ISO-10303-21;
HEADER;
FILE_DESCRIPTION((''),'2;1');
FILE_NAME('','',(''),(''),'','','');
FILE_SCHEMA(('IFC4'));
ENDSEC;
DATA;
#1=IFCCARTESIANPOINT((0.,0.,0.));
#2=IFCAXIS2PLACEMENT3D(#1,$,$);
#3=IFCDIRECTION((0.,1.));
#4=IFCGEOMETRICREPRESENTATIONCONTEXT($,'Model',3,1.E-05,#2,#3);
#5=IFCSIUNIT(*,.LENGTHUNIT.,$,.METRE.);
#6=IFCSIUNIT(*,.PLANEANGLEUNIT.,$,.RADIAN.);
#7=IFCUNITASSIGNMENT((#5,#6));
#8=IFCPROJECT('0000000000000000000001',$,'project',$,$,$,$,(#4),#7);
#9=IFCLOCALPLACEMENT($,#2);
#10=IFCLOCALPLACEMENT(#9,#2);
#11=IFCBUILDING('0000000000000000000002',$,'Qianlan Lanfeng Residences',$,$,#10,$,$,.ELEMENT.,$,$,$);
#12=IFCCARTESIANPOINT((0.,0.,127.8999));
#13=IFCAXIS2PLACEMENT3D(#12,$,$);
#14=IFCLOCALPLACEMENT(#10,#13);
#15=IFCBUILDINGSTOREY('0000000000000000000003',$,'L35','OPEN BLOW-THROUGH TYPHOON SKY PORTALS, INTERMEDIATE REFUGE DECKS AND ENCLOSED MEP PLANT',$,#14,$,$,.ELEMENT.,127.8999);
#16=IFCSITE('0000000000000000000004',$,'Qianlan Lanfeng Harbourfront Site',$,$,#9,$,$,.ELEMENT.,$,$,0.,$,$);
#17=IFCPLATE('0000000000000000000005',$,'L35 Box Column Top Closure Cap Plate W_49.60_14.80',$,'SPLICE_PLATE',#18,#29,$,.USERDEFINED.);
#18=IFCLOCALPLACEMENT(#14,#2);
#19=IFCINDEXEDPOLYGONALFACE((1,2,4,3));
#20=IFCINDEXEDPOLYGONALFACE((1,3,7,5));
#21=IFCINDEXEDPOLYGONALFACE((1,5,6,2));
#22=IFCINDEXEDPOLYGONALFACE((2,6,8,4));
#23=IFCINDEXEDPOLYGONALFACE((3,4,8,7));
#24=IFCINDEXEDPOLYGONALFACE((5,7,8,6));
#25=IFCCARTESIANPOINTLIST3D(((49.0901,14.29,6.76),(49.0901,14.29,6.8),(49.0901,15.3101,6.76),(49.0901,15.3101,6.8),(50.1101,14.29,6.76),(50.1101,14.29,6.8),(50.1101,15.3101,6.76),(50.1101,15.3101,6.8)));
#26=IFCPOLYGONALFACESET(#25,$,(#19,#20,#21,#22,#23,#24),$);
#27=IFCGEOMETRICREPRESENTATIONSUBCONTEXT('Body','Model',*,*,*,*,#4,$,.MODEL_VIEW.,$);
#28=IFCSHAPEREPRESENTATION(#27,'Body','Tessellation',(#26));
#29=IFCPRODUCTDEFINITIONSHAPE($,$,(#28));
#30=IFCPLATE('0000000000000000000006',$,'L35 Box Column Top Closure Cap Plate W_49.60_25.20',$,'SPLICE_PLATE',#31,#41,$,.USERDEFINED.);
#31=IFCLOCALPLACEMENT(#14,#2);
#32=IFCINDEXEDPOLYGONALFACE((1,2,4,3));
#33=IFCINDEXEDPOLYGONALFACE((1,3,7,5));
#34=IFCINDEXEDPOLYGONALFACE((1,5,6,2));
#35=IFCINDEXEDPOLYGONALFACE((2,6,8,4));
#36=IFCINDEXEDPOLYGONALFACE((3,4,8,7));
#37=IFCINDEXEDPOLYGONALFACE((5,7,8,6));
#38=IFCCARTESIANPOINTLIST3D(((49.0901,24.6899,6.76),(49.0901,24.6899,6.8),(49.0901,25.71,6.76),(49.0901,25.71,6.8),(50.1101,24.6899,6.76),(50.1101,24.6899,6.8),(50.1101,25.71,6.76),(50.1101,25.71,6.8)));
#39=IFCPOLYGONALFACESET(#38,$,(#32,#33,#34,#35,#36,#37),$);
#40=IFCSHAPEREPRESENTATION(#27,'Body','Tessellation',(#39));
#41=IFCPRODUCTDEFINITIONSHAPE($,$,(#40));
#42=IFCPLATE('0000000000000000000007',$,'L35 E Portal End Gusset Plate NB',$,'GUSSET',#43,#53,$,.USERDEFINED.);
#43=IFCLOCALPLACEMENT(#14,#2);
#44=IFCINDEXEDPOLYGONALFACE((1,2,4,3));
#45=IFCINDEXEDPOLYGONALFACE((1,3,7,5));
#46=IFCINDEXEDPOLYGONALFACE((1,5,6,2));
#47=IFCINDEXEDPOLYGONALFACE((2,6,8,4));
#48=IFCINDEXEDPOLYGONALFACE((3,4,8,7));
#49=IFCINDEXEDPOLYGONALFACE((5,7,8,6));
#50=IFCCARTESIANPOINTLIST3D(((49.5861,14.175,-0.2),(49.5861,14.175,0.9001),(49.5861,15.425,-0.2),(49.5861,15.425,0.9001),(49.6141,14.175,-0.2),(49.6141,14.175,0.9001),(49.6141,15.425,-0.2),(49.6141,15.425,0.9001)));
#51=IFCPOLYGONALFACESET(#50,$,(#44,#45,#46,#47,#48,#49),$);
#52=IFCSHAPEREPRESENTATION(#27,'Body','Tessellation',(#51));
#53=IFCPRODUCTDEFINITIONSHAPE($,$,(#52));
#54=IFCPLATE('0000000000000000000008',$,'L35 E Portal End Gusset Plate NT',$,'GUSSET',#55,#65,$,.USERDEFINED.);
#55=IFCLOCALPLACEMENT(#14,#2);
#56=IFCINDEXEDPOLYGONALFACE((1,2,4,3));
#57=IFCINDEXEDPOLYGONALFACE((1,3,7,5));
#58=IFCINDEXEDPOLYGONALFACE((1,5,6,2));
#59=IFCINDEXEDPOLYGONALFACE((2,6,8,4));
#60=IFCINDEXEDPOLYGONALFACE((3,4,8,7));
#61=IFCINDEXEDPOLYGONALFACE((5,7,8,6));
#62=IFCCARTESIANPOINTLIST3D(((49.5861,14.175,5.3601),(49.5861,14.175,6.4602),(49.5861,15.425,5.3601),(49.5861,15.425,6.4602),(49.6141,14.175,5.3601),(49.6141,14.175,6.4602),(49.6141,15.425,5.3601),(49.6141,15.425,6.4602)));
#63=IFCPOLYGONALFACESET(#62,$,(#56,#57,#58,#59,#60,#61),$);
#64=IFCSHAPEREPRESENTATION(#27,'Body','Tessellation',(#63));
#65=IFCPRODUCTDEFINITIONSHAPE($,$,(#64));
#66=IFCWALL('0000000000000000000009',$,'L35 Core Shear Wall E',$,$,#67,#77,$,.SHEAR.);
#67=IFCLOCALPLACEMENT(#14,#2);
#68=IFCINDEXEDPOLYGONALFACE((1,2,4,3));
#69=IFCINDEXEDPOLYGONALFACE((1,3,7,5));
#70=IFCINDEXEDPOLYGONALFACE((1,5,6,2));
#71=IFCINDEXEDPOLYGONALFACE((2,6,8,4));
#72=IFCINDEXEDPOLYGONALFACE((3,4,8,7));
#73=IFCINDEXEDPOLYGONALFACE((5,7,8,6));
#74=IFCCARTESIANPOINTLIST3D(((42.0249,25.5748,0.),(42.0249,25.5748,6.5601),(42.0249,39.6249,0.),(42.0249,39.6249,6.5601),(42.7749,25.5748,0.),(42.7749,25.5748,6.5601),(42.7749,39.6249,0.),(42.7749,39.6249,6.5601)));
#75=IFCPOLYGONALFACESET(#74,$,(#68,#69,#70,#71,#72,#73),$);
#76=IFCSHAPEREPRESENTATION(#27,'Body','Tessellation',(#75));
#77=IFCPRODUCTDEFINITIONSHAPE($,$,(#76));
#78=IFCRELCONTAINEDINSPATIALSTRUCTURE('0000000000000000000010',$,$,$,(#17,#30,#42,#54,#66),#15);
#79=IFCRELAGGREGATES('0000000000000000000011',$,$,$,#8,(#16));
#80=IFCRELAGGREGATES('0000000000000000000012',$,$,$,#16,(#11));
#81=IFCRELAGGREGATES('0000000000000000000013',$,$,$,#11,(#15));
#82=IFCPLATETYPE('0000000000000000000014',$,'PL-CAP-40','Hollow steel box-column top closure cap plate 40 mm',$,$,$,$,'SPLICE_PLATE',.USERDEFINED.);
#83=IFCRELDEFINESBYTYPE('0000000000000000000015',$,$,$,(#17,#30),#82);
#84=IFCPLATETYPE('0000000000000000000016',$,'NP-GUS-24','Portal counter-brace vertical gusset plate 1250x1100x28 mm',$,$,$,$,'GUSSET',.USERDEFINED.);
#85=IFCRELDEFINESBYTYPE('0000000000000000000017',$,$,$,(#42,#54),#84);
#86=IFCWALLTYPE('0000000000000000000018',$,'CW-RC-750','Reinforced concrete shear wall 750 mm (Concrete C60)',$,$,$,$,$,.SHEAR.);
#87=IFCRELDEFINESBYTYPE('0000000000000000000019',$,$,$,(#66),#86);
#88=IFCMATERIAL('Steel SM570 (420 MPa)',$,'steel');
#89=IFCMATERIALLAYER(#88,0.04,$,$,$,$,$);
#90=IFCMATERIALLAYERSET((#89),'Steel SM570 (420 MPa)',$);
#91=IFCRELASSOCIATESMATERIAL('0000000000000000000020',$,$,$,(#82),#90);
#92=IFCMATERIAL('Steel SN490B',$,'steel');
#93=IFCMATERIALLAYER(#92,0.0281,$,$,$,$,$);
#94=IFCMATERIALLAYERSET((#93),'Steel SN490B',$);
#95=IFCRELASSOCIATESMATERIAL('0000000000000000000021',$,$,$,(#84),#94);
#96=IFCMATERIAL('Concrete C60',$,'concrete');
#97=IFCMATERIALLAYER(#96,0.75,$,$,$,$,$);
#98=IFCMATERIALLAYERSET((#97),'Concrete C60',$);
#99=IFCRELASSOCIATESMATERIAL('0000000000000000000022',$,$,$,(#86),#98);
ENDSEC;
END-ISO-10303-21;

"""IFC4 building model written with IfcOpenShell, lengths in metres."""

from ifc_helpers import new_model, si_unit, direction, frame, frame_2d, origin, origin_2d, place, context, subcontext, project, spatial, rectangle, extrude, source, transform, mapped, material, layer, layer_set, type_object, element, save


model = new_model("IFC4")

# Units and contexts
model_context = context("Model", 3, precision=1e-05, world=origin(), true_north=direction((0.0, 1.0)))
body_context = subcontext(model_context, "Body", "Model", "MODEL_VIEW")
ifc_project = project(units=[si_unit("LENGTHUNIT", "METRE"), si_unit("PLANEANGLEUNIT", "RADIAN")], contexts=[model_context])

# Site, building, storey
site_placement = place(None, origin())
site = spatial("IfcSite", under=ifc_project, at=site_placement, Name="Qianlan Lanfeng Harbourfront Site", CompositionType="ELEMENT", RefElevation=0.0)
building_placement = place(site_placement, origin())
building = spatial("IfcBuilding", under=site, at=building_placement, Name="Qianlan Lanfeng Residences", CompositionType="ELEMENT")
storey_placement = place(building_placement, frame((0.0, 0.0, 127.8999)))
storey = spatial("IfcBuildingStorey", under=building, at=storey_placement, Name="L35", Description="OPEN BLOW-THROUGH TYPHOON SKY PORTALS, INTERMEDIATE REFUGE DECKS AND ENCLOSED MEP PLANT", CompositionType="ELEMENT", Elevation=127.8999)

# Shared definitions
ifc_material_1 = material(Name="Steel SN490B", Category="steel")

# Shared definitions
ifc_material_2 = material(Name="Steel SM570 (420 MPa)", Category="steel")

# Plates
ifc_layer_1 = layer(ifc_material_2, 0.04)
ifc_layer_set_1 = layer_set([ifc_layer_1], Name="Steel SM570 (420 MPa)")
plate_type_1 = type_object("IfcPlateType", Name="PL-CAP-40", Description="Hollow steel box-column top closure cap plate 40 mm", ElementType="SPLICE_PLATE", PredefinedType="USERDEFINED", material=ifc_layer_set_1)
shared_shape_1 = source(origin(), body_context, "Body", "SweptSolid", [
    extrude(rectangle(XDim=1.02, YDim=1.02, at=origin_2d()), origin(), (0.0, 0.0, 1.0), 0.04),
])
for number, where, z_axis, x_axis, name in (
    (1, (49.6001, 14.8, 6.76), (0.0, 0.0, 1.0), (1.0, 0.0, 0.0), "L35 Box Column Top Closure Cap Plate W_49.60_14.80"),
    (2, (49.6001, 25.2, 6.76), (0.0, 0.0, 1.0), (1.0, 0.0, 0.0), "L35 Box Column Top Closure Cap Plate W_49.60_25.20"),
):
    element("IfcPlate", number, at=place(storey_placement, frame(where, z_axis=z_axis, x_axis=x_axis)), inside=storey, type_object=plate_type_1, Name=name, ObjectType="SPLICE_PLATE", PredefinedType="USERDEFINED", context=body_context, shape_type="MappedRepresentation", body=[
        mapped(shared_shape_1, transform((0.0, 0.0, 0.0), scale=1.0)),
    ])
ifc_layer_2 = layer(ifc_material_1, 0.0281)
ifc_layer_set_2 = layer_set([ifc_layer_2], Name="Steel SN490B")
plate_type_2 = type_object("IfcPlateType", Name="NP-GUS-24", Description="Portal counter-brace vertical gusset plate 1250x1100x28 mm", ElementType="GUSSET", PredefinedType="USERDEFINED", material=ifc_layer_set_2)
shared_shape_2 = source(origin(), body_context, "Body", "SweptSolid", [
    extrude(rectangle(XDim=0.0281, YDim=1.25, at=origin_2d()), origin(), (0.0, 0.0, 1.0), 1.1001),
])
for number, where, z_axis, x_axis, name in (
    (3, (49.6001, 14.8, -0.2), (0.0, 0.0, 1.0), (1.0, 0.0, 0.0), "L35 E Portal End Gusset Plate NB"),
    (4, (49.6001, 14.8, 5.3601), (0.0, 0.0, 1.0), (1.0, 0.0, 0.0), "L35 E Portal End Gusset Plate NT"),
):
    element("IfcPlate", number, at=place(storey_placement, frame(where, z_axis=z_axis, x_axis=x_axis)), inside=storey, type_object=plate_type_2, Name=name, ObjectType="GUSSET", PredefinedType="USERDEFINED", context=body_context, shape_type="MappedRepresentation", body=[
        mapped(shared_shape_2, transform((0.0, 0.0, 0.0), scale=1.0)),
    ])

# Wall
ifc_material_3 = material(Name="Concrete C60", Category="concrete")
ifc_layer_3 = layer(ifc_material_3, 0.75)
ifc_layer_set_3 = layer_set([ifc_layer_3], Name="Concrete C60")
wall_type = type_object("IfcWallType", Name="CW-RC-750", Description="Reinforced concrete shear wall 750 mm (Concrete C60)", PredefinedType="SHEAR", material=ifc_layer_set_3)
wall_placement = place(storey_placement, frame((42.3999, 25.575, 0.0), z_axis=(0.0, 0.0, 1.0), x_axis=(0.0, 1.0, 0.0)))
element("IfcWall", 5, at=wall_placement, inside=storey, type_object=wall_type, Name="L35 Core Shear Wall E", PredefinedType="SHEAR", context=body_context, shape_type="SweptSolid", body=[
    extrude(rectangle(XDim=14.05, YDim=0.75, at=frame_2d((7.0249, 0.0))), origin(), (0.0, 0.0, 1.0), 6.5601),
])

save(model, "model.ifc")
